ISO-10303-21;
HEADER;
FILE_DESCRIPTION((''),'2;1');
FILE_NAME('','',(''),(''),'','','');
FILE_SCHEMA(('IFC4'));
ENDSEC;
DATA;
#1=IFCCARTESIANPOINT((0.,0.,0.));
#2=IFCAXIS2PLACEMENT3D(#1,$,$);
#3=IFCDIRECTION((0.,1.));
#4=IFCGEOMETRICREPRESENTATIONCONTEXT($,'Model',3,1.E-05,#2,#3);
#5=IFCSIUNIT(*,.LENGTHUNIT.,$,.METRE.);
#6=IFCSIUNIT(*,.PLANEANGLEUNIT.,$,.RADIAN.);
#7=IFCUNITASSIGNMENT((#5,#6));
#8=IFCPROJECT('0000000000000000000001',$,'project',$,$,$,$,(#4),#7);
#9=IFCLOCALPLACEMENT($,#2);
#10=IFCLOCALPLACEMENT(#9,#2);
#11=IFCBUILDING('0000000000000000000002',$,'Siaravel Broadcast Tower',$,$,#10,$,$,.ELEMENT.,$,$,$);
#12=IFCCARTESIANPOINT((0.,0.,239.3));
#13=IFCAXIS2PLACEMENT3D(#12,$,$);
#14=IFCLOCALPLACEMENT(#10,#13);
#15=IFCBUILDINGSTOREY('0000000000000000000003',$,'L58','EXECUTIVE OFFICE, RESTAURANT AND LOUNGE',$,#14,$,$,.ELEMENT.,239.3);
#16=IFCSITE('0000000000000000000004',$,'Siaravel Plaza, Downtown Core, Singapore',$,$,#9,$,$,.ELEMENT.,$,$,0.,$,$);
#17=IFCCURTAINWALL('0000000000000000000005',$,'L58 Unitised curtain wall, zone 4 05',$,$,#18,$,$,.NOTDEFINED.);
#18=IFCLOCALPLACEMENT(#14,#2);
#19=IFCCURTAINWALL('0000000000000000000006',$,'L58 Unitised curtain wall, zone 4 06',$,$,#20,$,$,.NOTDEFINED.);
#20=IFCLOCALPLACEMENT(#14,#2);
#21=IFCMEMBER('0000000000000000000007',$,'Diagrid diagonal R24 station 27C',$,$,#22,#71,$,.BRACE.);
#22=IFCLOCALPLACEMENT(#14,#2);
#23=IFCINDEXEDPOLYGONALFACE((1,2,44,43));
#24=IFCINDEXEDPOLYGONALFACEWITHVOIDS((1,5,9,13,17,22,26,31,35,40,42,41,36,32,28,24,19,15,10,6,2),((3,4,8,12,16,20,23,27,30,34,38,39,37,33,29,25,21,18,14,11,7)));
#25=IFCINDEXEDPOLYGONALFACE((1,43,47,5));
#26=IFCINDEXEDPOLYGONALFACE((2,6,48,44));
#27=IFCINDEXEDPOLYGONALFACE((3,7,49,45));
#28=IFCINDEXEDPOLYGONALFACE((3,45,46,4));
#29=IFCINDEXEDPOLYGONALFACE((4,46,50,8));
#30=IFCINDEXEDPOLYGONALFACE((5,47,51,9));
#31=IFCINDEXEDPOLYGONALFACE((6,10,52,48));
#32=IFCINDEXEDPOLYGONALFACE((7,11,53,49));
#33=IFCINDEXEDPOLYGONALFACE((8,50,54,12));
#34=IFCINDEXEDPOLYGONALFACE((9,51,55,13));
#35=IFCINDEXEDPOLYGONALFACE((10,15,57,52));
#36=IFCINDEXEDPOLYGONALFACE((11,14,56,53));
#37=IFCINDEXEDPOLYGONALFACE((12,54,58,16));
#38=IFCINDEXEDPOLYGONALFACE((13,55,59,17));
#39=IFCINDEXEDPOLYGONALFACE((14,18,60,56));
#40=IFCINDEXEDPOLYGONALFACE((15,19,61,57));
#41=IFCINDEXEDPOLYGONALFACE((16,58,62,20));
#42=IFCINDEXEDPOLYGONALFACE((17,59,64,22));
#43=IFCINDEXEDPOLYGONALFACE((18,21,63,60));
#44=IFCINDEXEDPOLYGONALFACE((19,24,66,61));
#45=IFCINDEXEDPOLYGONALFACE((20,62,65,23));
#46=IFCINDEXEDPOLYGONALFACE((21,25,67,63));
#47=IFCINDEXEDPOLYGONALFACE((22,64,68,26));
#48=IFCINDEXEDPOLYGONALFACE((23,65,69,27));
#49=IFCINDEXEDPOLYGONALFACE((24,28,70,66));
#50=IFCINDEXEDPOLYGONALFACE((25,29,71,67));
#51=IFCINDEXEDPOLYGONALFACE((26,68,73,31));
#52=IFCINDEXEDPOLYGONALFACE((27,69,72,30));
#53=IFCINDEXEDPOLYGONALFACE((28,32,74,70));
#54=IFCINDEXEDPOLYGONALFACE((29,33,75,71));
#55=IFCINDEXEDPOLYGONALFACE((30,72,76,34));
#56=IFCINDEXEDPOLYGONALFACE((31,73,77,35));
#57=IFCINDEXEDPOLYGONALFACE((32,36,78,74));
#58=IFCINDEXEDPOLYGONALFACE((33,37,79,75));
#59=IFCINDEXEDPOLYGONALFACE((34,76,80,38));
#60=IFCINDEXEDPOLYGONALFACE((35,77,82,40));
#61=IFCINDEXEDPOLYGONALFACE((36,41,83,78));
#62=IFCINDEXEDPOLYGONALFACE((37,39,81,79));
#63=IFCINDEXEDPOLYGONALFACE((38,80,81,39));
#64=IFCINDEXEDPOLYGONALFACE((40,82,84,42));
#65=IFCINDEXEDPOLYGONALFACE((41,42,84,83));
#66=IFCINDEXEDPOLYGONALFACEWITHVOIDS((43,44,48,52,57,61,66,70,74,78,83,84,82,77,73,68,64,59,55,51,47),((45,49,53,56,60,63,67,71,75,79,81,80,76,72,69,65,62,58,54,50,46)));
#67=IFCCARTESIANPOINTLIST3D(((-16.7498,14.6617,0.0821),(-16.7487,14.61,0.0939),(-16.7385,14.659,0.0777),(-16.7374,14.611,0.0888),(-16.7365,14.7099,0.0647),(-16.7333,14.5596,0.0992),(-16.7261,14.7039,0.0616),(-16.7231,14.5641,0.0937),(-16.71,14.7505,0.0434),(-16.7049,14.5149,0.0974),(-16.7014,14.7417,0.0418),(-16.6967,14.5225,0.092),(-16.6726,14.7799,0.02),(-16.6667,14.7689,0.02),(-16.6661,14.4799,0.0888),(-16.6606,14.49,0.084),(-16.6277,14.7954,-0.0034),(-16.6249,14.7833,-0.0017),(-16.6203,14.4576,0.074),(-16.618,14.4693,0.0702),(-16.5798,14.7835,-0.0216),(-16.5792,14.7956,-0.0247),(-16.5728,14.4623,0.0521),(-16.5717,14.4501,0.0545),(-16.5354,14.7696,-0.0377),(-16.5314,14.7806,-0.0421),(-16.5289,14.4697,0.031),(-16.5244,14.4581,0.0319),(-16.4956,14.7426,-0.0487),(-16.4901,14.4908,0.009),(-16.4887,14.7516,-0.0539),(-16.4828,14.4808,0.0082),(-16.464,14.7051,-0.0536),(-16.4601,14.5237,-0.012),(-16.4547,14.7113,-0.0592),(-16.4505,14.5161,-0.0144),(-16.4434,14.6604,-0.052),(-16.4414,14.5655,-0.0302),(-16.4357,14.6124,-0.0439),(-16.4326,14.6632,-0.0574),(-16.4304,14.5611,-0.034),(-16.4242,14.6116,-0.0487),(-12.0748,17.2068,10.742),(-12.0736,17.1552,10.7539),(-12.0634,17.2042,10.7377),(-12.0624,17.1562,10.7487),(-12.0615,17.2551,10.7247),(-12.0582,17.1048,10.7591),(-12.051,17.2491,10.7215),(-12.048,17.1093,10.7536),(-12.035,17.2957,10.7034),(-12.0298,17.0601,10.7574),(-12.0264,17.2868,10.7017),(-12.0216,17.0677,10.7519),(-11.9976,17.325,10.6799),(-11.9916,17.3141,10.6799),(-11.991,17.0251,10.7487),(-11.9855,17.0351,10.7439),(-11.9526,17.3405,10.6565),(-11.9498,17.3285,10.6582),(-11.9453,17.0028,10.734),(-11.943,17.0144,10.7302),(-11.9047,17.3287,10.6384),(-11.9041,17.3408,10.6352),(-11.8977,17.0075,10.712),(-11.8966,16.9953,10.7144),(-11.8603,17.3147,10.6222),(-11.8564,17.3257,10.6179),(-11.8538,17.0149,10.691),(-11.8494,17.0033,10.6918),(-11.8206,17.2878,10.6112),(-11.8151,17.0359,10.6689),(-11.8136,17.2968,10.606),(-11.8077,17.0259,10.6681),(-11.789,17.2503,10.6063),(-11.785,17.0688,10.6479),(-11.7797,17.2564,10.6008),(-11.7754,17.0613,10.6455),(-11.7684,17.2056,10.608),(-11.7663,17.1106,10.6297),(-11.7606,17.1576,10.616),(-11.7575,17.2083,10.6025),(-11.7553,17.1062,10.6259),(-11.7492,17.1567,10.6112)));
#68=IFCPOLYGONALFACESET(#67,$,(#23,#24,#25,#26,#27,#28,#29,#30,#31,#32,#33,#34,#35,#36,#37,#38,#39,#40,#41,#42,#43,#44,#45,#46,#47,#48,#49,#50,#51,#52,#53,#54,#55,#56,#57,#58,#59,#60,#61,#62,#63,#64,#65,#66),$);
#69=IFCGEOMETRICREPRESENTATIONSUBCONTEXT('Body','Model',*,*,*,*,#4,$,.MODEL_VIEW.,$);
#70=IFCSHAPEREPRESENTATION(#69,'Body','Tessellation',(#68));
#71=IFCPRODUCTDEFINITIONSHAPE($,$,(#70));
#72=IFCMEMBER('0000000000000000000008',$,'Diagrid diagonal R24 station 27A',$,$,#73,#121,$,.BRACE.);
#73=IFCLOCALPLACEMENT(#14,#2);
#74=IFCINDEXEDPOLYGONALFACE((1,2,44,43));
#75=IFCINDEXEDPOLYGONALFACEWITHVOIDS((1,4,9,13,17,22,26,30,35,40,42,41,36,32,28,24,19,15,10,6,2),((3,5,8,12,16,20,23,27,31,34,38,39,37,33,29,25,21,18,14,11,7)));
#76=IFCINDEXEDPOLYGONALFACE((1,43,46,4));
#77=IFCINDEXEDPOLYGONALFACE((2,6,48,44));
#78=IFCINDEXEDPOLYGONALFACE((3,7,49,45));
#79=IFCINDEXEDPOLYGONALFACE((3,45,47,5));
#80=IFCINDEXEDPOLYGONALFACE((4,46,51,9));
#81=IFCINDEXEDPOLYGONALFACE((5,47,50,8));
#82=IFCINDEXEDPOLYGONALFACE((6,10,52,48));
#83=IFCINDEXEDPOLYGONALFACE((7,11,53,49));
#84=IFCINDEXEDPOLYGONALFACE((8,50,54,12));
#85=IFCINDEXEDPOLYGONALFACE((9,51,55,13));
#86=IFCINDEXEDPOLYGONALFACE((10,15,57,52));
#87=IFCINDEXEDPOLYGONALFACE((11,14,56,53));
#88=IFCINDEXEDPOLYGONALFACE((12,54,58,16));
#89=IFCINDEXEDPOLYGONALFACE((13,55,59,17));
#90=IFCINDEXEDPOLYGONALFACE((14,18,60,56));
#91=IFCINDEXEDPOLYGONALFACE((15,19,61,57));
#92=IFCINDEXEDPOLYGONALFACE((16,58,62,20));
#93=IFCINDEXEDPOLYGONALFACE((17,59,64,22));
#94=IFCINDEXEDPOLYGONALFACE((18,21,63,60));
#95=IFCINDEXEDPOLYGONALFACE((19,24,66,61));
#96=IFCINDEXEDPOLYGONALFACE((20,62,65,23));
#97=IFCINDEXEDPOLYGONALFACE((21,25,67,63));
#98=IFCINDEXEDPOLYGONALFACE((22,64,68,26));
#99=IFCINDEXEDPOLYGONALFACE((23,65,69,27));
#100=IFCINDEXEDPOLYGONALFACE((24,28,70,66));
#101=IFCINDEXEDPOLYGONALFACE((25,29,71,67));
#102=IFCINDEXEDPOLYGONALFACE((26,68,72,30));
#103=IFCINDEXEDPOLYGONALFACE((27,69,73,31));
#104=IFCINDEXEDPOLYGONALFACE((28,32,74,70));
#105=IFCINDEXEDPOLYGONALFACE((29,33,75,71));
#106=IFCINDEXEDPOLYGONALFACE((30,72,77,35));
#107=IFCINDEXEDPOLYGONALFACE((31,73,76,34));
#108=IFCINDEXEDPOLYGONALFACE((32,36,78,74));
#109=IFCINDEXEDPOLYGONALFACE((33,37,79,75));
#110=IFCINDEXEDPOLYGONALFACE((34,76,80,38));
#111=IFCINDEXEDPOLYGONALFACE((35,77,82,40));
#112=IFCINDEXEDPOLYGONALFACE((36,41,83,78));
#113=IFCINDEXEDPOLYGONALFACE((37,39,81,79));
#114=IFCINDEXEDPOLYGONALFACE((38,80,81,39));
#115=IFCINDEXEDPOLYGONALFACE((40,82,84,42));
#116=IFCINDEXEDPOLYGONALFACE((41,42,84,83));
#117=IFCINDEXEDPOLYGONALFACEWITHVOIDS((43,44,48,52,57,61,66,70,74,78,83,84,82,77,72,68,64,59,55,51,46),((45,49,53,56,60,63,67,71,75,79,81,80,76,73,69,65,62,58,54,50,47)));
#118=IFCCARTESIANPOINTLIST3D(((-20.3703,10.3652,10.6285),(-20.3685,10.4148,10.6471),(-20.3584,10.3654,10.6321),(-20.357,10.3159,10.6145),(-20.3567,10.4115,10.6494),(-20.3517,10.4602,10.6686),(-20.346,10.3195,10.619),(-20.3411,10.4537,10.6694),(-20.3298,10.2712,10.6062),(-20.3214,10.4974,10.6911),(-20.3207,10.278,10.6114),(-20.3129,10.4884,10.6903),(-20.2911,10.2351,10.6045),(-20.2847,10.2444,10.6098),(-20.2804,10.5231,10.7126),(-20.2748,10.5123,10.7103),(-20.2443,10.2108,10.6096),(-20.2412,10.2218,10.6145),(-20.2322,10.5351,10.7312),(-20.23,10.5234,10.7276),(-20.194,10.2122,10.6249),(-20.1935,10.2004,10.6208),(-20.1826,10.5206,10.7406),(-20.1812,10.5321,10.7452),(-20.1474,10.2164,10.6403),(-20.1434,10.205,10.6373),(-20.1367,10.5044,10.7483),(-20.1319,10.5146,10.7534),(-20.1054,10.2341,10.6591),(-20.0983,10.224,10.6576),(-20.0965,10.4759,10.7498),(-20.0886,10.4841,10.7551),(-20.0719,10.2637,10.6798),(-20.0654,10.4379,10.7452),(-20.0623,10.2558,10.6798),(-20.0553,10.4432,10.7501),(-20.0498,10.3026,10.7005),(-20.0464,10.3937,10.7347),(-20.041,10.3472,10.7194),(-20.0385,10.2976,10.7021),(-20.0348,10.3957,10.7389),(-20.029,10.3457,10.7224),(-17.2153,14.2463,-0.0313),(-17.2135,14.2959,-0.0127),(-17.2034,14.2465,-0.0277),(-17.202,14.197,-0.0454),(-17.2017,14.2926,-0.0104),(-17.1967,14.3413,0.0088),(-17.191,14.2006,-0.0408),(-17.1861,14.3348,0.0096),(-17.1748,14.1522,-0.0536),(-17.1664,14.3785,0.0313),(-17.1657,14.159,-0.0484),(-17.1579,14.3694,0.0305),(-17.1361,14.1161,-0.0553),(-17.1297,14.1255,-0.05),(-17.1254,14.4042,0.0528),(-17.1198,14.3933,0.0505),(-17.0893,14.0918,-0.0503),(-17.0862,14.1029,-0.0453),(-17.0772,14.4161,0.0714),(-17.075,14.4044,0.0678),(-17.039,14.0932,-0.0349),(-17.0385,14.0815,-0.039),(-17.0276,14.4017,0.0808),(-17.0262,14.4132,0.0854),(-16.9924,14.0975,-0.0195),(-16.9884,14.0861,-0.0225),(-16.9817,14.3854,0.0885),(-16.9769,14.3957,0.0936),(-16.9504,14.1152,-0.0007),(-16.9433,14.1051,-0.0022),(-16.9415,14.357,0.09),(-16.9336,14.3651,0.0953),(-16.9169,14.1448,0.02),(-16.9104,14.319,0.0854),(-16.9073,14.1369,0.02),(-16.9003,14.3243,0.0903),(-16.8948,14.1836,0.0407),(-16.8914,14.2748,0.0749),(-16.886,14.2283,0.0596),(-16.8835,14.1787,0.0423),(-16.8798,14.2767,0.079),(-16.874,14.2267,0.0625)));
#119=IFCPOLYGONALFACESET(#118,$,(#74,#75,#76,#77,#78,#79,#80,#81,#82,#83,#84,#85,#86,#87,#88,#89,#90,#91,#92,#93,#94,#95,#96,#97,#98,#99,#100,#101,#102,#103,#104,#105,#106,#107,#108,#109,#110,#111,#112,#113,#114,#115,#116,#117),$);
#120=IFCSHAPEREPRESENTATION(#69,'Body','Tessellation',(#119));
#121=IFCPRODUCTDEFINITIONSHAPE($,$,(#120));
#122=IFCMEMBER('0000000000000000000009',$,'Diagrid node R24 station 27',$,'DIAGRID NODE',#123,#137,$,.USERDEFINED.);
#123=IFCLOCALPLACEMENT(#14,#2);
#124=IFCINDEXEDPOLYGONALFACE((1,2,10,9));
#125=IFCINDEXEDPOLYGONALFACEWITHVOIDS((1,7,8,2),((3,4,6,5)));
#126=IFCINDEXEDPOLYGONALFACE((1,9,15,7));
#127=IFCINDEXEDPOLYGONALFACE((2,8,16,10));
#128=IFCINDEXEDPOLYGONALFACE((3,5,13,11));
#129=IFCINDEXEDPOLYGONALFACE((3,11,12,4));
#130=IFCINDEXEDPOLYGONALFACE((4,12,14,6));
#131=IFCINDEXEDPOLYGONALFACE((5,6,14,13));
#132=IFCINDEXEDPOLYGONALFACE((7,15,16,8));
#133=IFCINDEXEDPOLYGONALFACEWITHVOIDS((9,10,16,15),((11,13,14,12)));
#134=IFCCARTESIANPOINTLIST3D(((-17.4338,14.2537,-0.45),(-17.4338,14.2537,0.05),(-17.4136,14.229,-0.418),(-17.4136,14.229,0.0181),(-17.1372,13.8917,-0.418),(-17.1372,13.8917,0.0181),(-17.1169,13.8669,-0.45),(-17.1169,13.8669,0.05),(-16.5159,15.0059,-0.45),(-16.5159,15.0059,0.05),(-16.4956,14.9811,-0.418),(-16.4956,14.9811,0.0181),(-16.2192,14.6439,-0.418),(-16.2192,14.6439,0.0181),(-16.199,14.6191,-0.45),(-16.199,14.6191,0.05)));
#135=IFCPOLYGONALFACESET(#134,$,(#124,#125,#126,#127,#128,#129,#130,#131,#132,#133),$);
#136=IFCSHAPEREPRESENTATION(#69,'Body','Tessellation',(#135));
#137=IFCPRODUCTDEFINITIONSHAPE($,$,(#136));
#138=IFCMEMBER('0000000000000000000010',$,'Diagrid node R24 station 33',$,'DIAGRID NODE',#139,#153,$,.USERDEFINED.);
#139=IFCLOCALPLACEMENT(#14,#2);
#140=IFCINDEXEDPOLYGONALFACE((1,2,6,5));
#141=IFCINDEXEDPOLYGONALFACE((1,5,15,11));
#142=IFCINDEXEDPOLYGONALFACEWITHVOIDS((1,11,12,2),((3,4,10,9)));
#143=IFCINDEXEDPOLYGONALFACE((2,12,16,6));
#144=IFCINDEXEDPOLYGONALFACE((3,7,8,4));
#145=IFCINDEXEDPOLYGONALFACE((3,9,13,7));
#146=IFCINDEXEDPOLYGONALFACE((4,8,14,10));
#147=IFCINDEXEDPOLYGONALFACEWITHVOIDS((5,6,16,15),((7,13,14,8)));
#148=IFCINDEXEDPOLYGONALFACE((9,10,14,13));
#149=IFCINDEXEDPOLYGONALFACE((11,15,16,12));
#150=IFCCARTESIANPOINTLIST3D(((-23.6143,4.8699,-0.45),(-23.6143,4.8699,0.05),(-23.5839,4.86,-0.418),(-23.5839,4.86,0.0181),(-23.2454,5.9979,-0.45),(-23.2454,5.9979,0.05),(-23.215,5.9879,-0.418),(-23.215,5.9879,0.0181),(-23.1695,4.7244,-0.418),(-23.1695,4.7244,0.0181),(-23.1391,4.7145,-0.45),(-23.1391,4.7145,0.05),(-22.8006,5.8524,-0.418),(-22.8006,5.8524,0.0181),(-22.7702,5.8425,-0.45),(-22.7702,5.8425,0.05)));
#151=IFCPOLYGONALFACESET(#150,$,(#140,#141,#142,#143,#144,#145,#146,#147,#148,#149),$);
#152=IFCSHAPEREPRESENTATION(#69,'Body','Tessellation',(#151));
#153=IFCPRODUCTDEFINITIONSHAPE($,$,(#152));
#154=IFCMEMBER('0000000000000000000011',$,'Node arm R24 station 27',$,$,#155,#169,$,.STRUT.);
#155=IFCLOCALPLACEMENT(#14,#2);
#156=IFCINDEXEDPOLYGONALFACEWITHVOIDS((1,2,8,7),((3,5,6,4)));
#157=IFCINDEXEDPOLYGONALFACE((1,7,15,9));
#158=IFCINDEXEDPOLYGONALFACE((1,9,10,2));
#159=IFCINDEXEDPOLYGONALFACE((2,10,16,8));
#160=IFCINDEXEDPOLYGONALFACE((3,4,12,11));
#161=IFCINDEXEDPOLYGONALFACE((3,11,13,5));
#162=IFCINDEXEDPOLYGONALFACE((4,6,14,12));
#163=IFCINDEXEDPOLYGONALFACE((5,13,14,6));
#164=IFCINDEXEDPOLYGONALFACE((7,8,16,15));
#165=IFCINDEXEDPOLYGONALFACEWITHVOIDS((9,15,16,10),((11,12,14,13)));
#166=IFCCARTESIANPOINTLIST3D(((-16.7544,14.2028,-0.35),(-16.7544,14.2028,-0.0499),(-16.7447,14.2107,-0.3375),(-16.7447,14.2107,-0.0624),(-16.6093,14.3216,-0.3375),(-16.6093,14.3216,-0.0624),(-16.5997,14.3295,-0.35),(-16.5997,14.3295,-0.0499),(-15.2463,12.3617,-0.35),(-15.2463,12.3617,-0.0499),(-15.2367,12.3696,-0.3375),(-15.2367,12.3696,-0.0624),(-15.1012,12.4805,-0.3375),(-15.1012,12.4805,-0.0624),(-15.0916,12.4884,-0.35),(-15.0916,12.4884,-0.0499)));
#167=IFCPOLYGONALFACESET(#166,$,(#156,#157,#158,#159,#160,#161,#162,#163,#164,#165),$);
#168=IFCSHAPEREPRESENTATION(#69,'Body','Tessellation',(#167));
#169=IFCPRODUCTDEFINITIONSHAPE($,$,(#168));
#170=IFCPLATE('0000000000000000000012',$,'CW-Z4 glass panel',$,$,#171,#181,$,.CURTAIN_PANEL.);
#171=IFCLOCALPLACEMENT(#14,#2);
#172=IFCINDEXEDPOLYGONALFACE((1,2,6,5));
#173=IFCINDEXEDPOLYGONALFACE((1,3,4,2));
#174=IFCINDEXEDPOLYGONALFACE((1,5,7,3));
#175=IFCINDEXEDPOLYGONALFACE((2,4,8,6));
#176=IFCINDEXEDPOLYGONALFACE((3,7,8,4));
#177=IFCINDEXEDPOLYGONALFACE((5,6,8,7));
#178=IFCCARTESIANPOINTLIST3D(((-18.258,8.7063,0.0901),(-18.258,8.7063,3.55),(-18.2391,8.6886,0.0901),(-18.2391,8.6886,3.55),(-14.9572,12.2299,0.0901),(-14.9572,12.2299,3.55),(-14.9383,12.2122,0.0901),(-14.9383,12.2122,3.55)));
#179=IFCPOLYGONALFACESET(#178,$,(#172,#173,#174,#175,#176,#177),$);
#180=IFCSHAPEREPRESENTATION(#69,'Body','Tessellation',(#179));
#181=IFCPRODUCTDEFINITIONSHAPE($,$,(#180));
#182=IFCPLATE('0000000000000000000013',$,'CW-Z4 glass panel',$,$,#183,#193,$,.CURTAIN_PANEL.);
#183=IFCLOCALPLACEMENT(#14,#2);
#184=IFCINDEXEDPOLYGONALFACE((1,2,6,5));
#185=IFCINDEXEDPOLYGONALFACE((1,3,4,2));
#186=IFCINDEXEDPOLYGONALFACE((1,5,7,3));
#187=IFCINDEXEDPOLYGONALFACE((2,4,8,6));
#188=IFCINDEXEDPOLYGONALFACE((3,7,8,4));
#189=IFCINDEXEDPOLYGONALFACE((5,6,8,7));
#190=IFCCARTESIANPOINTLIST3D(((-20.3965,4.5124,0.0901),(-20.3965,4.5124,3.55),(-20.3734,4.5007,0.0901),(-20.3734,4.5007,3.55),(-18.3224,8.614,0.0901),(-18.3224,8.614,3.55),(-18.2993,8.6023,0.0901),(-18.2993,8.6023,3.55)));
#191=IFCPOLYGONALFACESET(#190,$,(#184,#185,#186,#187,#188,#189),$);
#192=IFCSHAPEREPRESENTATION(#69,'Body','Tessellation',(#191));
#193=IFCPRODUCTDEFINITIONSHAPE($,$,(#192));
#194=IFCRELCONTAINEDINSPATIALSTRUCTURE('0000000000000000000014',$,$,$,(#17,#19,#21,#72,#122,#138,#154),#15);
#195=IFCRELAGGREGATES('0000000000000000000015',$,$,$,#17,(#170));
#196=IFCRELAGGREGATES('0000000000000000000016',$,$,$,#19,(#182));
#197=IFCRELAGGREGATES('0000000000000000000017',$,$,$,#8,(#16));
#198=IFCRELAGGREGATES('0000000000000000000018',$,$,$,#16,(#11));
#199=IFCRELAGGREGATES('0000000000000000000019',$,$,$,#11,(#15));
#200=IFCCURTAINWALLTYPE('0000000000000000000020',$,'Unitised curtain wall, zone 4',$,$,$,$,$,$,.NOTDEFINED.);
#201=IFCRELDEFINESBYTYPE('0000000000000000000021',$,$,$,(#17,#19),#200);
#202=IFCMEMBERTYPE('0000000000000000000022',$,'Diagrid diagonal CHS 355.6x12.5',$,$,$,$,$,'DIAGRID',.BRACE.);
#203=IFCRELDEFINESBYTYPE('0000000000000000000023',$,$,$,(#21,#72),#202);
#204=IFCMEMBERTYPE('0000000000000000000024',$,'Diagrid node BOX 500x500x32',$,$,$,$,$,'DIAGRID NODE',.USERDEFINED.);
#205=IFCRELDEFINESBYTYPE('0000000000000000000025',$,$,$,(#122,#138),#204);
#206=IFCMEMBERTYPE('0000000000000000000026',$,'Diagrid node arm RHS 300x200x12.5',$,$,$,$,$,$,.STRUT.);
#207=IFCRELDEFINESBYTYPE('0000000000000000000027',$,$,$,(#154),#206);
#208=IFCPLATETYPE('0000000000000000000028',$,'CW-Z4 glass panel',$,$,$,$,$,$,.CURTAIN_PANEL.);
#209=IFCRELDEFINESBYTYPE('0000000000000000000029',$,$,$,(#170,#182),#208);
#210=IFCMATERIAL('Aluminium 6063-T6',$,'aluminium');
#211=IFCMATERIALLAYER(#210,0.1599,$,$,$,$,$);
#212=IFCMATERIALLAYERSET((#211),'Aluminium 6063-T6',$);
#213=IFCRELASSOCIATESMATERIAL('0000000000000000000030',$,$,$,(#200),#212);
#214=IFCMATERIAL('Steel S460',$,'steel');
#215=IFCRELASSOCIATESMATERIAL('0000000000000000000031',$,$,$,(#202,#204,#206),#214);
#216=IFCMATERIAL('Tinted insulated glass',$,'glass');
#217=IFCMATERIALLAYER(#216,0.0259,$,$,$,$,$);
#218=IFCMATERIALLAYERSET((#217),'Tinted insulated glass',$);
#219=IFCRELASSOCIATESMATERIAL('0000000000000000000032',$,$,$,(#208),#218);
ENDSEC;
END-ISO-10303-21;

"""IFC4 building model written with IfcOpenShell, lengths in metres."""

from ifc_helpers import new_model, si_unit, direction, frame, origin, origin_2d, place, context, subcontext, project, spatial, rectangle, hollow_rectangle, hollow_circle, extrude, material, layer, layer_set, material_profile, profile_set, type_object, element, aggregate, save


model = new_model("IFC4")

# Units and contexts
model_context = context("Model", 3, precision=1e-05, world=origin(), true_north=direction((0.0, 1.0)))
body_context = subcontext(model_context, "Body", "Model", "MODEL_VIEW")
ifc_project = project(units=[si_unit("LENGTHUNIT", "METRE"), si_unit("PLANEANGLEUNIT", "RADIAN")], contexts=[model_context])

# Site, building, storey
site_placement = place(None, origin())
site = spatial("IfcSite", under=ifc_project, at=site_placement, Name="Siaravel Plaza, Downtown Core, Singapore", CompositionType="ELEMENT", RefElevation=0.0)
building_placement = place(site_placement, origin())
building = spatial("IfcBuilding", under=site, at=building_placement, Name="Siaravel Broadcast Tower", CompositionType="ELEMENT")
storey_placement = place(building_placement, frame((0.0, 0.0, 239.3)))
storey = spatial("IfcBuildingStorey", under=building, at=storey_placement, Name="L58", Description="EXECUTIVE OFFICE, RESTAURANT AND LOUNGE", CompositionType="ELEMENT", Elevation=239.3)

# Curtain wall
ifc_material_1 = material(Name="Aluminium 6063-T6", Category="aluminium")
ifc_layer_1 = layer(ifc_material_1, 0.1599)
ifc_layer_set_1 = layer_set([ifc_layer_1], Name="Aluminium 6063-T6")
curtain_wall_type = type_object("IfcCurtainWallType", Name="Unitised curtain wall, zone 4", PredefinedType="NOTDEFINED", material=ifc_layer_set_1)
curtain_wall_1_placement = place(storey_placement, origin())
curtain_wall_1 = element("IfcCurtainWall", 1, at=curtain_wall_1_placement, inside=storey, type_object=curtain_wall_type, Name="L58 Unitised curtain wall, zone 4 05", PredefinedType="NOTDEFINED")

# Curtain wall
curtain_wall_2_placement = place(storey_placement, origin())
curtain_wall_2 = element("IfcCurtainWall", 2, at=curtain_wall_2_placement, inside=storey, type_object=curtain_wall_type, Name="L58 Unitised curtain wall, zone 4 06", PredefinedType="NOTDEFINED")

# Members
ifc_material_2 = material(Name="Steel S460", Category="steel")
ifc_material_profile_1 = material_profile(ifc_material_2, hollow_circle(Radius=0.1777, WallThickness=0.0125, at=origin_2d()))
ifc_profile_set_1 = profile_set([ifc_material_profile_1], Name="Steel S460")
member_type_1 = type_object("IfcMemberType", Name="Diagrid diagonal CHS 355.6x12.5", ElementType="DIAGRID", PredefinedType="BRACE", material=ifc_profile_set_1)
member_1_placement = place(storey_placement, frame((-16.5876, 14.6238, 0.02), z_axis=(0.392366, 0.21361, 0.894662), x_axis=(-0.478148, 0.878279, 0.0)))
element("IfcMember", 3, at=member_1_placement, inside=storey, type_object=member_type_1, Name="Diagrid diagonal R24 station 27C", PredefinedType="BRACE", context=body_context, shape_type="SweptSolid", body=[
    extrude(hollow_circle(Radius=0.1777, WallThickness=0.0125, at=origin_2d()), origin(), (0.0, 0.0, 1.0), 11.915),
])
member_2_placement = place(storey_placement, frame((-17.0452, 14.249, 0.02), z_axis=(-0.267943, -0.329605, 0.905299), x_axis=(0.775954, -0.630789, 0.0)))
element("IfcMember", 4, at=member_2_placement, inside=storey, type_object=member_type_1, Name="Diagrid diagonal R24 station 27A", PredefinedType="BRACE", context=body_context, shape_type="SweptSolid", body=[
    extrude(hollow_circle(Radius=0.1777, WallThickness=0.0125, at=origin_2d()), origin(), (0.0, 0.0, 1.0), 11.7749),
])
ifc_material_profile_2 = material_profile(ifc_material_2, hollow_rectangle(XDim=0.5, YDim=0.5, WallThickness=0.032, at=origin_2d()))
ifc_profile_set_2 = profile_set([ifc_material_profile_2], Name="Steel S460")
member_type_2 = type_object("IfcMemberType", Name="Diagrid node BOX 500x500x32", ElementType="DIAGRID NODE", PredefinedType="USERDEFINED", material=ifc_profile_set_2)
for number, where, z_axis, x_axis, name in (
    (5, (-16.3574, 14.8125, -0.2), (-0.77349, -0.633809, 0.0), (0.633809, -0.77349, 0.0), "Diagrid node R24 station 27"),
    (6, (-23.0078, 5.9202, -0.2), (-0.310853, -0.950458, 0.0), (0.950458, -0.310853, 0.0), "Diagrid node R24 station 33"),
):
    element("IfcMember", number, at=place(storey_placement, frame(where, z_axis=z_axis, x_axis=x_axis)), inside=storey, type_object=member_type_2, Name=name, ObjectType="DIAGRID NODE", PredefinedType="USERDEFINED", context=body_context, shape_type="SweptSolid", body=[
        extrude(hollow_rectangle(XDim=0.5, YDim=0.5, WallThickness=0.032, at=origin_2d()), origin(), (0.0, 0.0, 1.0), 1.1868),
    ])
ifc_material_profile_3 = material_profile(ifc_material_2, hollow_rectangle(XDim=0.2, YDim=0.3, WallThickness=0.0125, at=origin_2d()))
ifc_profile_set_3 = profile_set([ifc_material_profile_3], Name="Steel S460")
member_type_3 = type_object("IfcMemberType", Name="Diagrid node arm RHS 300x200x12.5", PredefinedType="STRUT", material=ifc_profile_set_3)
member_3_placement = place(storey_placement, frame((-15.1689, 12.425, -0.2), z_axis=(-0.633673, 0.773601, 0.0), x_axis=(-0.773601, -0.633673, 0.0)))
element("IfcMember", 7, at=member_3_placement, inside=storey, type_object=member_type_3, Name="Node arm R24 station 27", PredefinedType="STRUT", context=body_context, shape_type="SweptSolid", body=[
    extrude(hollow_rectangle(XDim=0.2, YDim=0.3, WallThickness=0.0125, at=origin_2d()), origin(), (0.0, 0.0, 1.0), 2.3799),
])

# Plates
ifc_material_3 = material(Name="Tinted insulated glass", Category="glass")
ifc_layer_2 = layer(ifc_material_3, 0.0259)
ifc_layer_set_2 = layer_set([ifc_layer_2], Name="Tinted insulated glass")
plate_type = type_object("IfcPlateType", Name="CW-Z4 glass panel", PredefinedType="CURTAIN_PANEL", material=ifc_layer_set_2)
plate_1_placement = place(storey_placement, frame((-16.5981, 10.4592, 0.0901), z_axis=(0.0, 0.0, 1.0), x_axis=(-0.683654, -0.729807, 0.0)))
plate_1 = element("IfcPlate", 8, at=plate_1_placement, type_object=plate_type, Name="CW-Z4 glass panel", PredefinedType="CURTAIN_PANEL", context=body_context, shape_type="SweptSolid", body=[
    extrude(rectangle(XDim=4.8281, YDim=0.0259, at=origin_2d()), origin(), (0.0, 0.0, 1.0), 3.46),
])
aggregate(curtain_wall_1, [plate_1])
plate_2_placement = place(storey_placement, frame((-19.3479, 6.5574, 0.0901), z_axis=(0.0, 0.0, 1.0), x_axis=(-0.451259, -0.892393, 0.0)))
plate_2 = element("IfcPlate", 9, at=plate_2_placement, type_object=plate_type, Name="CW-Z4 glass panel", PredefinedType="CURTAIN_PANEL", context=body_context, shape_type="SweptSolid", body=[
    extrude(rectangle(XDim=4.5962, YDim=0.0259, at=origin_2d()), origin(), (0.0, 0.0, 1.0), 3.46),
])
aggregate(curtain_wall_2, [plate_2])

save(model, "model.ifc")
